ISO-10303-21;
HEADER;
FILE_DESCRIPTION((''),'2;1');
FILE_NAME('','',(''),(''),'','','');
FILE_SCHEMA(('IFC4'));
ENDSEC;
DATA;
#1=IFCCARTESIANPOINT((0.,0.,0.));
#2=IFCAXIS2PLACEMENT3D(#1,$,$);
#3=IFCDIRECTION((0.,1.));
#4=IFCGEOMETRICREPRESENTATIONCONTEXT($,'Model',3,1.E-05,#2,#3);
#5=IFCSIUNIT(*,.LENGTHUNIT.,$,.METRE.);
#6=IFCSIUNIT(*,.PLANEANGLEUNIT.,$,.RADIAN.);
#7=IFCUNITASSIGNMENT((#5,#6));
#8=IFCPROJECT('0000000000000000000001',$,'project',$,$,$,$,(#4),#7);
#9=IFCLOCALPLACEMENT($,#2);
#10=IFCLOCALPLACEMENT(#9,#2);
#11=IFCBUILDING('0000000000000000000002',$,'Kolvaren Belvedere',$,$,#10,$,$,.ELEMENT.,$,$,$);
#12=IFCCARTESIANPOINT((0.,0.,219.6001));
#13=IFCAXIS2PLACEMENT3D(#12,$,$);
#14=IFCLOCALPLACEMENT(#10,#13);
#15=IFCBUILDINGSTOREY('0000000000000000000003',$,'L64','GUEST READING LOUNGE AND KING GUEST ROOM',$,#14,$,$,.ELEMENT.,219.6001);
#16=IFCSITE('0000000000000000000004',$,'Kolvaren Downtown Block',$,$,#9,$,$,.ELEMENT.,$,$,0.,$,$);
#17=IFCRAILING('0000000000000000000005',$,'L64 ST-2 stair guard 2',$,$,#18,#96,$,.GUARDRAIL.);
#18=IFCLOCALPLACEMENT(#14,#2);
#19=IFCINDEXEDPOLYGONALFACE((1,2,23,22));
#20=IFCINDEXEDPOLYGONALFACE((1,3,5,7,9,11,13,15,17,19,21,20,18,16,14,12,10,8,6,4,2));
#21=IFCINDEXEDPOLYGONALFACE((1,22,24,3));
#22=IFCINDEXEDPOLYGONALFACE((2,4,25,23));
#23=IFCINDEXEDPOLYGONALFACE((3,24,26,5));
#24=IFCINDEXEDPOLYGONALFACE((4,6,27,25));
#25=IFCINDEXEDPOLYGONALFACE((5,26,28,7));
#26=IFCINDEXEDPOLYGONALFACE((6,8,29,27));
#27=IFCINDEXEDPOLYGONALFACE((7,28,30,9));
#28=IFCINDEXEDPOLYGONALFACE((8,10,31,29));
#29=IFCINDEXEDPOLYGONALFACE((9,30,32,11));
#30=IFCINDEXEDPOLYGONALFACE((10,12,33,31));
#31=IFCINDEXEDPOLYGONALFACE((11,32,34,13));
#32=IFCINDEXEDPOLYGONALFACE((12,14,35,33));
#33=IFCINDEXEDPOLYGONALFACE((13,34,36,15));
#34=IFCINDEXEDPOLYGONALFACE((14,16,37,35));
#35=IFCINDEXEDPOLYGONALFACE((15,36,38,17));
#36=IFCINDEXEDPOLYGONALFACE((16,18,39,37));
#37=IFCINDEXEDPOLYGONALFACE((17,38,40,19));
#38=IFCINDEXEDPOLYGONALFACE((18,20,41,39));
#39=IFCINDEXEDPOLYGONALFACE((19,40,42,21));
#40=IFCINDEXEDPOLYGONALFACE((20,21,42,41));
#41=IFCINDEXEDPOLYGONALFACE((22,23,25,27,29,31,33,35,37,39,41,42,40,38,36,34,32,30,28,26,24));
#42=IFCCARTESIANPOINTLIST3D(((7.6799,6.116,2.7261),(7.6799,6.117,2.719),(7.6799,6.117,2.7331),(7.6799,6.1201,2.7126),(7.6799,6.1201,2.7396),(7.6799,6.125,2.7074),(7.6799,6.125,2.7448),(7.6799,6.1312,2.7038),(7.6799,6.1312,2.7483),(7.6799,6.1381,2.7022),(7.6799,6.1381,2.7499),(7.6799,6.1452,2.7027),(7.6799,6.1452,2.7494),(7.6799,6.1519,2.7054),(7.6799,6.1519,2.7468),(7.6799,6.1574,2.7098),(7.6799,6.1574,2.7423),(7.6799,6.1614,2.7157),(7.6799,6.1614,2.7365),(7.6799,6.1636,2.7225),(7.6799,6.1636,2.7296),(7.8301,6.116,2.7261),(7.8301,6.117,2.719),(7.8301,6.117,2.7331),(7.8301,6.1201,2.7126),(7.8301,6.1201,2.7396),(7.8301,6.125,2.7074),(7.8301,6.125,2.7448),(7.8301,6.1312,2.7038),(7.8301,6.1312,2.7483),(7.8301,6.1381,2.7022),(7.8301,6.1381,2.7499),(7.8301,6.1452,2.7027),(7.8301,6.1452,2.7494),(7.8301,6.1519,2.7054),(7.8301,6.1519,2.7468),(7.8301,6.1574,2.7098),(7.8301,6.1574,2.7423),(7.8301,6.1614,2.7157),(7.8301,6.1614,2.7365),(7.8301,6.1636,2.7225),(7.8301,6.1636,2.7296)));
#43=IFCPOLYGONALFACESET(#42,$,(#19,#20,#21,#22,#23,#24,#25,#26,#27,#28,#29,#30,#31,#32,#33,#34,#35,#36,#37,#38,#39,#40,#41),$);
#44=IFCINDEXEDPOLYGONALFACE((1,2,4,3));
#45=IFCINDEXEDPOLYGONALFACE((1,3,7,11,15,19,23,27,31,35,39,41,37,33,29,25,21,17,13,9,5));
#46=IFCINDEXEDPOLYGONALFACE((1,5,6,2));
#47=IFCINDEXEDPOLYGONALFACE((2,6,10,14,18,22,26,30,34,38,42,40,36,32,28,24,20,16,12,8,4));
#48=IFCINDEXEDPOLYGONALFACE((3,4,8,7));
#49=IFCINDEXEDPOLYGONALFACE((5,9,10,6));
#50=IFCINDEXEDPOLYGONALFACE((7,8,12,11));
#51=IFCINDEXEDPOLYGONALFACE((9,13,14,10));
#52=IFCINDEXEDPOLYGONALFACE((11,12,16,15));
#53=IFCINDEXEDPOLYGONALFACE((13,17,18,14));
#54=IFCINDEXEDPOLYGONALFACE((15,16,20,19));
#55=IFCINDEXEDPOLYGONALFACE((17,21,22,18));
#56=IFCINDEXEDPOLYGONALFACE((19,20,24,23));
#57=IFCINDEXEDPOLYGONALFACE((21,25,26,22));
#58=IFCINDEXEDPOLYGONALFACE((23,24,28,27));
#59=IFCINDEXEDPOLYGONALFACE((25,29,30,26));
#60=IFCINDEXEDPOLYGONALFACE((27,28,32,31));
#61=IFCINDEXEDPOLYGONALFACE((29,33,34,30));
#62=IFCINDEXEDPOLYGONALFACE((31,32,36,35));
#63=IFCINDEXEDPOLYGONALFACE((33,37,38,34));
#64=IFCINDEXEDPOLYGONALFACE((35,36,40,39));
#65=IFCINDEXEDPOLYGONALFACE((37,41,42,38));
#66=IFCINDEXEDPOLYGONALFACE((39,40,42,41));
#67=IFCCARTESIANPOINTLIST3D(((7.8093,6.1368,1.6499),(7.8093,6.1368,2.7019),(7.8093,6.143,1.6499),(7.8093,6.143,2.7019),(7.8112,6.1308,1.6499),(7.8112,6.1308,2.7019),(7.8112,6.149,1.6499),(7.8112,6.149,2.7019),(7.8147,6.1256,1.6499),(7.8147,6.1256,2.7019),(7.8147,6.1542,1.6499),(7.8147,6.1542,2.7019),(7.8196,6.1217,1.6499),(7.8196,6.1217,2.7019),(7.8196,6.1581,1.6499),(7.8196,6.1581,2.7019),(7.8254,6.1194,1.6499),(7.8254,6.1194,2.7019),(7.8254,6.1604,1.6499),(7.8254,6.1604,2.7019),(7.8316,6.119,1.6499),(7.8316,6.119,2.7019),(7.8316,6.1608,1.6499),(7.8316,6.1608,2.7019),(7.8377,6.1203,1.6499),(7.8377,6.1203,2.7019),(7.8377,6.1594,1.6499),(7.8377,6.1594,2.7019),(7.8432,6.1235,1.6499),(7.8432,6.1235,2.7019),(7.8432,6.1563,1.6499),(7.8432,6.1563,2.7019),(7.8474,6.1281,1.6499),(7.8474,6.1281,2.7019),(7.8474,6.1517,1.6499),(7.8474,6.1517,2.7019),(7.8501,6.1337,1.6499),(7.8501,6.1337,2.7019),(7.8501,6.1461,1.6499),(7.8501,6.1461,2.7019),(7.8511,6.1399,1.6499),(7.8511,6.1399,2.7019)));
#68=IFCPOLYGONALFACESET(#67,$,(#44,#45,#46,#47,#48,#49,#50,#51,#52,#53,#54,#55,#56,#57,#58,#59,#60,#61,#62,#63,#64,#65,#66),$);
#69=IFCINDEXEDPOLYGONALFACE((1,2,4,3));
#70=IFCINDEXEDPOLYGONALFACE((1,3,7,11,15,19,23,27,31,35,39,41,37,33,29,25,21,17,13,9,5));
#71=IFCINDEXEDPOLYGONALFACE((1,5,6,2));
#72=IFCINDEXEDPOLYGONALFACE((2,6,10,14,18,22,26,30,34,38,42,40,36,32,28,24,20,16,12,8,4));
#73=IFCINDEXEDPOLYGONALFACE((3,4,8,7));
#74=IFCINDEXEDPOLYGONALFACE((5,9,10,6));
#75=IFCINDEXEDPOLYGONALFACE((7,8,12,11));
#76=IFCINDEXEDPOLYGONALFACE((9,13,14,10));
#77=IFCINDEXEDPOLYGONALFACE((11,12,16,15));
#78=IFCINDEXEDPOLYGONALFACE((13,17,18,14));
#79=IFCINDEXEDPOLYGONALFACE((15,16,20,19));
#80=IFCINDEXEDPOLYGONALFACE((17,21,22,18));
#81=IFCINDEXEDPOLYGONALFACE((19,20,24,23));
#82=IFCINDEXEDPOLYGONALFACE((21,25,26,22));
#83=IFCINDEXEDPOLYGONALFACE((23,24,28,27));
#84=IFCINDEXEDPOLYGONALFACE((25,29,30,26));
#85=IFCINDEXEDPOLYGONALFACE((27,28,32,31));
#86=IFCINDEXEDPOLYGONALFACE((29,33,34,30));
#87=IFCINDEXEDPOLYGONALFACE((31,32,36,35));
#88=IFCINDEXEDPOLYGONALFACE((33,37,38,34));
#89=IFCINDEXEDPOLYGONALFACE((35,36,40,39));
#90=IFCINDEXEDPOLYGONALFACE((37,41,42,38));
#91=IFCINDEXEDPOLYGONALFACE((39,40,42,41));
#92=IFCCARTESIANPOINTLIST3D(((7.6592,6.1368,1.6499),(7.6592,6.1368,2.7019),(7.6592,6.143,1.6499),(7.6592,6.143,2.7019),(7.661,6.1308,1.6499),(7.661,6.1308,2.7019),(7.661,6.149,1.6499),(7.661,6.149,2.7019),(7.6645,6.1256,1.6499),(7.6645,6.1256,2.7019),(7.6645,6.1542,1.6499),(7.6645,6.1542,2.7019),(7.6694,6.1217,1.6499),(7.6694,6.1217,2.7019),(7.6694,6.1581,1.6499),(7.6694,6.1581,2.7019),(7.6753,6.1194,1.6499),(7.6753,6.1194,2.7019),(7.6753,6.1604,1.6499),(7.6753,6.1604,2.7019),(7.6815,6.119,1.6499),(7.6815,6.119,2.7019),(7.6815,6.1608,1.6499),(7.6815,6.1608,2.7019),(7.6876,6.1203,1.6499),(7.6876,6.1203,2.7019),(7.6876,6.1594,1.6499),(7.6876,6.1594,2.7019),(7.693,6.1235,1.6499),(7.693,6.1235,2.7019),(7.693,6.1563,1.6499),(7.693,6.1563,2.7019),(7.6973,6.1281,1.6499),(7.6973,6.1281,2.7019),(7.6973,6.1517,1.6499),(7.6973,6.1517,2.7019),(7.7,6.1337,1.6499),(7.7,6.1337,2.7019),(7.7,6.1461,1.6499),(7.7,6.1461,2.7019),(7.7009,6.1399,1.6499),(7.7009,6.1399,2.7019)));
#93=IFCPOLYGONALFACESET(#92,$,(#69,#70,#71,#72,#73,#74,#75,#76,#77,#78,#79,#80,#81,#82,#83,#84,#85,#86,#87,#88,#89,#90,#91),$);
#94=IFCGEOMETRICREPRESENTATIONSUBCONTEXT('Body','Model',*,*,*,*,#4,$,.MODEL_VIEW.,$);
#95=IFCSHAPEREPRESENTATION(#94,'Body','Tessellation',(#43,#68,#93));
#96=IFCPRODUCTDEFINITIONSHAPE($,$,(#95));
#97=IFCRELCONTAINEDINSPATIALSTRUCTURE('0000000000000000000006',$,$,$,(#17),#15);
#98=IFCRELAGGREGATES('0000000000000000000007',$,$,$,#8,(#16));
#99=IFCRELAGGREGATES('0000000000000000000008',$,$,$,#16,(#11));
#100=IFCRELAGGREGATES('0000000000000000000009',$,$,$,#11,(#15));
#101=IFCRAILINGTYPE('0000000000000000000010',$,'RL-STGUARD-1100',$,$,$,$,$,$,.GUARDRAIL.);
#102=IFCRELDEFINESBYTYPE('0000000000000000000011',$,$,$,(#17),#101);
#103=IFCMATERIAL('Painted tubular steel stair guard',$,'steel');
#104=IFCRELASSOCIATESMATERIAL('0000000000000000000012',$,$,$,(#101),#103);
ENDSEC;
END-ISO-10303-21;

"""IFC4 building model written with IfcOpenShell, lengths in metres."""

from ifc_helpers import new_model, si_unit, direction, frame, origin, origin_2d, place, context, subcontext, project, spatial, circle, extrude, material, type_object, element, save


model = new_model("IFC4")

# Units and contexts
model_context = context("Model", 3, precision=1e-05, world=origin(), true_north=direction((0.0, 1.0)))
body_context = subcontext(model_context, "Body", "Model", "MODEL_VIEW")
ifc_project = project(units=[si_unit("LENGTHUNIT", "METRE"), si_unit("PLANEANGLEUNIT", "RADIAN")], contexts=[model_context])

# Site, building, storey
site_placement = place(None, origin())
site = spatial("IfcSite", under=ifc_project, at=site_placement, Name="Kolvaren Downtown Block", CompositionType="ELEMENT", RefElevation=0.0)
building_placement = place(site_placement, origin())
building = spatial("IfcBuilding", under=site, at=building_placement, Name="Kolvaren Belvedere", CompositionType="ELEMENT")
storey_placement = place(building_placement, frame((0.0, 0.0, 219.6001)))
storey = spatial("IfcBuildingStorey", under=building, at=storey_placement, Name="L64", Description="GUEST READING LOUNGE AND KING GUEST ROOM", CompositionType="ELEMENT", Elevation=219.6001)

# Railing
ifc_material_1 = material(Name="Painted tubular steel stair guard", Category="steel")
railing_type_1 = type_object("IfcRailingType", Name="RL-STGUARD-1100", PredefinedType="GUARDRAIL", material=ifc_material_1)
railing_1_placement = place(storey_placement, frame((7.8301, 6.1399, 1.6499)))
element("IfcRailing", 1, at=railing_1_placement, inside=storey, type_object=railing_type_1, Name="L64 ST-2 stair guard 2", PredefinedType="GUARDRAIL", context=body_context, shape_type="SweptSolid", body=[
    extrude(circle(Radius=0.0239, at=origin_2d()), frame((0.0, 0.0, 1.0762), z_axis=(-1.0, 0.0, 0.0), x_axis=(0.0, -1.0, 0.0)), (0.0, 0.0, 1.0), 0.1501),
    extrude(circle(Radius=0.021, at=origin_2d()), origin(), (0.0, 0.0, 1.0), 1.052),
    extrude(circle(Radius=0.021, at=origin_2d()), frame((-0.1501, 0.0, 0.0)), (0.0, 0.0, 1.0), 1.052),
])

save(model, "model.ifc")
